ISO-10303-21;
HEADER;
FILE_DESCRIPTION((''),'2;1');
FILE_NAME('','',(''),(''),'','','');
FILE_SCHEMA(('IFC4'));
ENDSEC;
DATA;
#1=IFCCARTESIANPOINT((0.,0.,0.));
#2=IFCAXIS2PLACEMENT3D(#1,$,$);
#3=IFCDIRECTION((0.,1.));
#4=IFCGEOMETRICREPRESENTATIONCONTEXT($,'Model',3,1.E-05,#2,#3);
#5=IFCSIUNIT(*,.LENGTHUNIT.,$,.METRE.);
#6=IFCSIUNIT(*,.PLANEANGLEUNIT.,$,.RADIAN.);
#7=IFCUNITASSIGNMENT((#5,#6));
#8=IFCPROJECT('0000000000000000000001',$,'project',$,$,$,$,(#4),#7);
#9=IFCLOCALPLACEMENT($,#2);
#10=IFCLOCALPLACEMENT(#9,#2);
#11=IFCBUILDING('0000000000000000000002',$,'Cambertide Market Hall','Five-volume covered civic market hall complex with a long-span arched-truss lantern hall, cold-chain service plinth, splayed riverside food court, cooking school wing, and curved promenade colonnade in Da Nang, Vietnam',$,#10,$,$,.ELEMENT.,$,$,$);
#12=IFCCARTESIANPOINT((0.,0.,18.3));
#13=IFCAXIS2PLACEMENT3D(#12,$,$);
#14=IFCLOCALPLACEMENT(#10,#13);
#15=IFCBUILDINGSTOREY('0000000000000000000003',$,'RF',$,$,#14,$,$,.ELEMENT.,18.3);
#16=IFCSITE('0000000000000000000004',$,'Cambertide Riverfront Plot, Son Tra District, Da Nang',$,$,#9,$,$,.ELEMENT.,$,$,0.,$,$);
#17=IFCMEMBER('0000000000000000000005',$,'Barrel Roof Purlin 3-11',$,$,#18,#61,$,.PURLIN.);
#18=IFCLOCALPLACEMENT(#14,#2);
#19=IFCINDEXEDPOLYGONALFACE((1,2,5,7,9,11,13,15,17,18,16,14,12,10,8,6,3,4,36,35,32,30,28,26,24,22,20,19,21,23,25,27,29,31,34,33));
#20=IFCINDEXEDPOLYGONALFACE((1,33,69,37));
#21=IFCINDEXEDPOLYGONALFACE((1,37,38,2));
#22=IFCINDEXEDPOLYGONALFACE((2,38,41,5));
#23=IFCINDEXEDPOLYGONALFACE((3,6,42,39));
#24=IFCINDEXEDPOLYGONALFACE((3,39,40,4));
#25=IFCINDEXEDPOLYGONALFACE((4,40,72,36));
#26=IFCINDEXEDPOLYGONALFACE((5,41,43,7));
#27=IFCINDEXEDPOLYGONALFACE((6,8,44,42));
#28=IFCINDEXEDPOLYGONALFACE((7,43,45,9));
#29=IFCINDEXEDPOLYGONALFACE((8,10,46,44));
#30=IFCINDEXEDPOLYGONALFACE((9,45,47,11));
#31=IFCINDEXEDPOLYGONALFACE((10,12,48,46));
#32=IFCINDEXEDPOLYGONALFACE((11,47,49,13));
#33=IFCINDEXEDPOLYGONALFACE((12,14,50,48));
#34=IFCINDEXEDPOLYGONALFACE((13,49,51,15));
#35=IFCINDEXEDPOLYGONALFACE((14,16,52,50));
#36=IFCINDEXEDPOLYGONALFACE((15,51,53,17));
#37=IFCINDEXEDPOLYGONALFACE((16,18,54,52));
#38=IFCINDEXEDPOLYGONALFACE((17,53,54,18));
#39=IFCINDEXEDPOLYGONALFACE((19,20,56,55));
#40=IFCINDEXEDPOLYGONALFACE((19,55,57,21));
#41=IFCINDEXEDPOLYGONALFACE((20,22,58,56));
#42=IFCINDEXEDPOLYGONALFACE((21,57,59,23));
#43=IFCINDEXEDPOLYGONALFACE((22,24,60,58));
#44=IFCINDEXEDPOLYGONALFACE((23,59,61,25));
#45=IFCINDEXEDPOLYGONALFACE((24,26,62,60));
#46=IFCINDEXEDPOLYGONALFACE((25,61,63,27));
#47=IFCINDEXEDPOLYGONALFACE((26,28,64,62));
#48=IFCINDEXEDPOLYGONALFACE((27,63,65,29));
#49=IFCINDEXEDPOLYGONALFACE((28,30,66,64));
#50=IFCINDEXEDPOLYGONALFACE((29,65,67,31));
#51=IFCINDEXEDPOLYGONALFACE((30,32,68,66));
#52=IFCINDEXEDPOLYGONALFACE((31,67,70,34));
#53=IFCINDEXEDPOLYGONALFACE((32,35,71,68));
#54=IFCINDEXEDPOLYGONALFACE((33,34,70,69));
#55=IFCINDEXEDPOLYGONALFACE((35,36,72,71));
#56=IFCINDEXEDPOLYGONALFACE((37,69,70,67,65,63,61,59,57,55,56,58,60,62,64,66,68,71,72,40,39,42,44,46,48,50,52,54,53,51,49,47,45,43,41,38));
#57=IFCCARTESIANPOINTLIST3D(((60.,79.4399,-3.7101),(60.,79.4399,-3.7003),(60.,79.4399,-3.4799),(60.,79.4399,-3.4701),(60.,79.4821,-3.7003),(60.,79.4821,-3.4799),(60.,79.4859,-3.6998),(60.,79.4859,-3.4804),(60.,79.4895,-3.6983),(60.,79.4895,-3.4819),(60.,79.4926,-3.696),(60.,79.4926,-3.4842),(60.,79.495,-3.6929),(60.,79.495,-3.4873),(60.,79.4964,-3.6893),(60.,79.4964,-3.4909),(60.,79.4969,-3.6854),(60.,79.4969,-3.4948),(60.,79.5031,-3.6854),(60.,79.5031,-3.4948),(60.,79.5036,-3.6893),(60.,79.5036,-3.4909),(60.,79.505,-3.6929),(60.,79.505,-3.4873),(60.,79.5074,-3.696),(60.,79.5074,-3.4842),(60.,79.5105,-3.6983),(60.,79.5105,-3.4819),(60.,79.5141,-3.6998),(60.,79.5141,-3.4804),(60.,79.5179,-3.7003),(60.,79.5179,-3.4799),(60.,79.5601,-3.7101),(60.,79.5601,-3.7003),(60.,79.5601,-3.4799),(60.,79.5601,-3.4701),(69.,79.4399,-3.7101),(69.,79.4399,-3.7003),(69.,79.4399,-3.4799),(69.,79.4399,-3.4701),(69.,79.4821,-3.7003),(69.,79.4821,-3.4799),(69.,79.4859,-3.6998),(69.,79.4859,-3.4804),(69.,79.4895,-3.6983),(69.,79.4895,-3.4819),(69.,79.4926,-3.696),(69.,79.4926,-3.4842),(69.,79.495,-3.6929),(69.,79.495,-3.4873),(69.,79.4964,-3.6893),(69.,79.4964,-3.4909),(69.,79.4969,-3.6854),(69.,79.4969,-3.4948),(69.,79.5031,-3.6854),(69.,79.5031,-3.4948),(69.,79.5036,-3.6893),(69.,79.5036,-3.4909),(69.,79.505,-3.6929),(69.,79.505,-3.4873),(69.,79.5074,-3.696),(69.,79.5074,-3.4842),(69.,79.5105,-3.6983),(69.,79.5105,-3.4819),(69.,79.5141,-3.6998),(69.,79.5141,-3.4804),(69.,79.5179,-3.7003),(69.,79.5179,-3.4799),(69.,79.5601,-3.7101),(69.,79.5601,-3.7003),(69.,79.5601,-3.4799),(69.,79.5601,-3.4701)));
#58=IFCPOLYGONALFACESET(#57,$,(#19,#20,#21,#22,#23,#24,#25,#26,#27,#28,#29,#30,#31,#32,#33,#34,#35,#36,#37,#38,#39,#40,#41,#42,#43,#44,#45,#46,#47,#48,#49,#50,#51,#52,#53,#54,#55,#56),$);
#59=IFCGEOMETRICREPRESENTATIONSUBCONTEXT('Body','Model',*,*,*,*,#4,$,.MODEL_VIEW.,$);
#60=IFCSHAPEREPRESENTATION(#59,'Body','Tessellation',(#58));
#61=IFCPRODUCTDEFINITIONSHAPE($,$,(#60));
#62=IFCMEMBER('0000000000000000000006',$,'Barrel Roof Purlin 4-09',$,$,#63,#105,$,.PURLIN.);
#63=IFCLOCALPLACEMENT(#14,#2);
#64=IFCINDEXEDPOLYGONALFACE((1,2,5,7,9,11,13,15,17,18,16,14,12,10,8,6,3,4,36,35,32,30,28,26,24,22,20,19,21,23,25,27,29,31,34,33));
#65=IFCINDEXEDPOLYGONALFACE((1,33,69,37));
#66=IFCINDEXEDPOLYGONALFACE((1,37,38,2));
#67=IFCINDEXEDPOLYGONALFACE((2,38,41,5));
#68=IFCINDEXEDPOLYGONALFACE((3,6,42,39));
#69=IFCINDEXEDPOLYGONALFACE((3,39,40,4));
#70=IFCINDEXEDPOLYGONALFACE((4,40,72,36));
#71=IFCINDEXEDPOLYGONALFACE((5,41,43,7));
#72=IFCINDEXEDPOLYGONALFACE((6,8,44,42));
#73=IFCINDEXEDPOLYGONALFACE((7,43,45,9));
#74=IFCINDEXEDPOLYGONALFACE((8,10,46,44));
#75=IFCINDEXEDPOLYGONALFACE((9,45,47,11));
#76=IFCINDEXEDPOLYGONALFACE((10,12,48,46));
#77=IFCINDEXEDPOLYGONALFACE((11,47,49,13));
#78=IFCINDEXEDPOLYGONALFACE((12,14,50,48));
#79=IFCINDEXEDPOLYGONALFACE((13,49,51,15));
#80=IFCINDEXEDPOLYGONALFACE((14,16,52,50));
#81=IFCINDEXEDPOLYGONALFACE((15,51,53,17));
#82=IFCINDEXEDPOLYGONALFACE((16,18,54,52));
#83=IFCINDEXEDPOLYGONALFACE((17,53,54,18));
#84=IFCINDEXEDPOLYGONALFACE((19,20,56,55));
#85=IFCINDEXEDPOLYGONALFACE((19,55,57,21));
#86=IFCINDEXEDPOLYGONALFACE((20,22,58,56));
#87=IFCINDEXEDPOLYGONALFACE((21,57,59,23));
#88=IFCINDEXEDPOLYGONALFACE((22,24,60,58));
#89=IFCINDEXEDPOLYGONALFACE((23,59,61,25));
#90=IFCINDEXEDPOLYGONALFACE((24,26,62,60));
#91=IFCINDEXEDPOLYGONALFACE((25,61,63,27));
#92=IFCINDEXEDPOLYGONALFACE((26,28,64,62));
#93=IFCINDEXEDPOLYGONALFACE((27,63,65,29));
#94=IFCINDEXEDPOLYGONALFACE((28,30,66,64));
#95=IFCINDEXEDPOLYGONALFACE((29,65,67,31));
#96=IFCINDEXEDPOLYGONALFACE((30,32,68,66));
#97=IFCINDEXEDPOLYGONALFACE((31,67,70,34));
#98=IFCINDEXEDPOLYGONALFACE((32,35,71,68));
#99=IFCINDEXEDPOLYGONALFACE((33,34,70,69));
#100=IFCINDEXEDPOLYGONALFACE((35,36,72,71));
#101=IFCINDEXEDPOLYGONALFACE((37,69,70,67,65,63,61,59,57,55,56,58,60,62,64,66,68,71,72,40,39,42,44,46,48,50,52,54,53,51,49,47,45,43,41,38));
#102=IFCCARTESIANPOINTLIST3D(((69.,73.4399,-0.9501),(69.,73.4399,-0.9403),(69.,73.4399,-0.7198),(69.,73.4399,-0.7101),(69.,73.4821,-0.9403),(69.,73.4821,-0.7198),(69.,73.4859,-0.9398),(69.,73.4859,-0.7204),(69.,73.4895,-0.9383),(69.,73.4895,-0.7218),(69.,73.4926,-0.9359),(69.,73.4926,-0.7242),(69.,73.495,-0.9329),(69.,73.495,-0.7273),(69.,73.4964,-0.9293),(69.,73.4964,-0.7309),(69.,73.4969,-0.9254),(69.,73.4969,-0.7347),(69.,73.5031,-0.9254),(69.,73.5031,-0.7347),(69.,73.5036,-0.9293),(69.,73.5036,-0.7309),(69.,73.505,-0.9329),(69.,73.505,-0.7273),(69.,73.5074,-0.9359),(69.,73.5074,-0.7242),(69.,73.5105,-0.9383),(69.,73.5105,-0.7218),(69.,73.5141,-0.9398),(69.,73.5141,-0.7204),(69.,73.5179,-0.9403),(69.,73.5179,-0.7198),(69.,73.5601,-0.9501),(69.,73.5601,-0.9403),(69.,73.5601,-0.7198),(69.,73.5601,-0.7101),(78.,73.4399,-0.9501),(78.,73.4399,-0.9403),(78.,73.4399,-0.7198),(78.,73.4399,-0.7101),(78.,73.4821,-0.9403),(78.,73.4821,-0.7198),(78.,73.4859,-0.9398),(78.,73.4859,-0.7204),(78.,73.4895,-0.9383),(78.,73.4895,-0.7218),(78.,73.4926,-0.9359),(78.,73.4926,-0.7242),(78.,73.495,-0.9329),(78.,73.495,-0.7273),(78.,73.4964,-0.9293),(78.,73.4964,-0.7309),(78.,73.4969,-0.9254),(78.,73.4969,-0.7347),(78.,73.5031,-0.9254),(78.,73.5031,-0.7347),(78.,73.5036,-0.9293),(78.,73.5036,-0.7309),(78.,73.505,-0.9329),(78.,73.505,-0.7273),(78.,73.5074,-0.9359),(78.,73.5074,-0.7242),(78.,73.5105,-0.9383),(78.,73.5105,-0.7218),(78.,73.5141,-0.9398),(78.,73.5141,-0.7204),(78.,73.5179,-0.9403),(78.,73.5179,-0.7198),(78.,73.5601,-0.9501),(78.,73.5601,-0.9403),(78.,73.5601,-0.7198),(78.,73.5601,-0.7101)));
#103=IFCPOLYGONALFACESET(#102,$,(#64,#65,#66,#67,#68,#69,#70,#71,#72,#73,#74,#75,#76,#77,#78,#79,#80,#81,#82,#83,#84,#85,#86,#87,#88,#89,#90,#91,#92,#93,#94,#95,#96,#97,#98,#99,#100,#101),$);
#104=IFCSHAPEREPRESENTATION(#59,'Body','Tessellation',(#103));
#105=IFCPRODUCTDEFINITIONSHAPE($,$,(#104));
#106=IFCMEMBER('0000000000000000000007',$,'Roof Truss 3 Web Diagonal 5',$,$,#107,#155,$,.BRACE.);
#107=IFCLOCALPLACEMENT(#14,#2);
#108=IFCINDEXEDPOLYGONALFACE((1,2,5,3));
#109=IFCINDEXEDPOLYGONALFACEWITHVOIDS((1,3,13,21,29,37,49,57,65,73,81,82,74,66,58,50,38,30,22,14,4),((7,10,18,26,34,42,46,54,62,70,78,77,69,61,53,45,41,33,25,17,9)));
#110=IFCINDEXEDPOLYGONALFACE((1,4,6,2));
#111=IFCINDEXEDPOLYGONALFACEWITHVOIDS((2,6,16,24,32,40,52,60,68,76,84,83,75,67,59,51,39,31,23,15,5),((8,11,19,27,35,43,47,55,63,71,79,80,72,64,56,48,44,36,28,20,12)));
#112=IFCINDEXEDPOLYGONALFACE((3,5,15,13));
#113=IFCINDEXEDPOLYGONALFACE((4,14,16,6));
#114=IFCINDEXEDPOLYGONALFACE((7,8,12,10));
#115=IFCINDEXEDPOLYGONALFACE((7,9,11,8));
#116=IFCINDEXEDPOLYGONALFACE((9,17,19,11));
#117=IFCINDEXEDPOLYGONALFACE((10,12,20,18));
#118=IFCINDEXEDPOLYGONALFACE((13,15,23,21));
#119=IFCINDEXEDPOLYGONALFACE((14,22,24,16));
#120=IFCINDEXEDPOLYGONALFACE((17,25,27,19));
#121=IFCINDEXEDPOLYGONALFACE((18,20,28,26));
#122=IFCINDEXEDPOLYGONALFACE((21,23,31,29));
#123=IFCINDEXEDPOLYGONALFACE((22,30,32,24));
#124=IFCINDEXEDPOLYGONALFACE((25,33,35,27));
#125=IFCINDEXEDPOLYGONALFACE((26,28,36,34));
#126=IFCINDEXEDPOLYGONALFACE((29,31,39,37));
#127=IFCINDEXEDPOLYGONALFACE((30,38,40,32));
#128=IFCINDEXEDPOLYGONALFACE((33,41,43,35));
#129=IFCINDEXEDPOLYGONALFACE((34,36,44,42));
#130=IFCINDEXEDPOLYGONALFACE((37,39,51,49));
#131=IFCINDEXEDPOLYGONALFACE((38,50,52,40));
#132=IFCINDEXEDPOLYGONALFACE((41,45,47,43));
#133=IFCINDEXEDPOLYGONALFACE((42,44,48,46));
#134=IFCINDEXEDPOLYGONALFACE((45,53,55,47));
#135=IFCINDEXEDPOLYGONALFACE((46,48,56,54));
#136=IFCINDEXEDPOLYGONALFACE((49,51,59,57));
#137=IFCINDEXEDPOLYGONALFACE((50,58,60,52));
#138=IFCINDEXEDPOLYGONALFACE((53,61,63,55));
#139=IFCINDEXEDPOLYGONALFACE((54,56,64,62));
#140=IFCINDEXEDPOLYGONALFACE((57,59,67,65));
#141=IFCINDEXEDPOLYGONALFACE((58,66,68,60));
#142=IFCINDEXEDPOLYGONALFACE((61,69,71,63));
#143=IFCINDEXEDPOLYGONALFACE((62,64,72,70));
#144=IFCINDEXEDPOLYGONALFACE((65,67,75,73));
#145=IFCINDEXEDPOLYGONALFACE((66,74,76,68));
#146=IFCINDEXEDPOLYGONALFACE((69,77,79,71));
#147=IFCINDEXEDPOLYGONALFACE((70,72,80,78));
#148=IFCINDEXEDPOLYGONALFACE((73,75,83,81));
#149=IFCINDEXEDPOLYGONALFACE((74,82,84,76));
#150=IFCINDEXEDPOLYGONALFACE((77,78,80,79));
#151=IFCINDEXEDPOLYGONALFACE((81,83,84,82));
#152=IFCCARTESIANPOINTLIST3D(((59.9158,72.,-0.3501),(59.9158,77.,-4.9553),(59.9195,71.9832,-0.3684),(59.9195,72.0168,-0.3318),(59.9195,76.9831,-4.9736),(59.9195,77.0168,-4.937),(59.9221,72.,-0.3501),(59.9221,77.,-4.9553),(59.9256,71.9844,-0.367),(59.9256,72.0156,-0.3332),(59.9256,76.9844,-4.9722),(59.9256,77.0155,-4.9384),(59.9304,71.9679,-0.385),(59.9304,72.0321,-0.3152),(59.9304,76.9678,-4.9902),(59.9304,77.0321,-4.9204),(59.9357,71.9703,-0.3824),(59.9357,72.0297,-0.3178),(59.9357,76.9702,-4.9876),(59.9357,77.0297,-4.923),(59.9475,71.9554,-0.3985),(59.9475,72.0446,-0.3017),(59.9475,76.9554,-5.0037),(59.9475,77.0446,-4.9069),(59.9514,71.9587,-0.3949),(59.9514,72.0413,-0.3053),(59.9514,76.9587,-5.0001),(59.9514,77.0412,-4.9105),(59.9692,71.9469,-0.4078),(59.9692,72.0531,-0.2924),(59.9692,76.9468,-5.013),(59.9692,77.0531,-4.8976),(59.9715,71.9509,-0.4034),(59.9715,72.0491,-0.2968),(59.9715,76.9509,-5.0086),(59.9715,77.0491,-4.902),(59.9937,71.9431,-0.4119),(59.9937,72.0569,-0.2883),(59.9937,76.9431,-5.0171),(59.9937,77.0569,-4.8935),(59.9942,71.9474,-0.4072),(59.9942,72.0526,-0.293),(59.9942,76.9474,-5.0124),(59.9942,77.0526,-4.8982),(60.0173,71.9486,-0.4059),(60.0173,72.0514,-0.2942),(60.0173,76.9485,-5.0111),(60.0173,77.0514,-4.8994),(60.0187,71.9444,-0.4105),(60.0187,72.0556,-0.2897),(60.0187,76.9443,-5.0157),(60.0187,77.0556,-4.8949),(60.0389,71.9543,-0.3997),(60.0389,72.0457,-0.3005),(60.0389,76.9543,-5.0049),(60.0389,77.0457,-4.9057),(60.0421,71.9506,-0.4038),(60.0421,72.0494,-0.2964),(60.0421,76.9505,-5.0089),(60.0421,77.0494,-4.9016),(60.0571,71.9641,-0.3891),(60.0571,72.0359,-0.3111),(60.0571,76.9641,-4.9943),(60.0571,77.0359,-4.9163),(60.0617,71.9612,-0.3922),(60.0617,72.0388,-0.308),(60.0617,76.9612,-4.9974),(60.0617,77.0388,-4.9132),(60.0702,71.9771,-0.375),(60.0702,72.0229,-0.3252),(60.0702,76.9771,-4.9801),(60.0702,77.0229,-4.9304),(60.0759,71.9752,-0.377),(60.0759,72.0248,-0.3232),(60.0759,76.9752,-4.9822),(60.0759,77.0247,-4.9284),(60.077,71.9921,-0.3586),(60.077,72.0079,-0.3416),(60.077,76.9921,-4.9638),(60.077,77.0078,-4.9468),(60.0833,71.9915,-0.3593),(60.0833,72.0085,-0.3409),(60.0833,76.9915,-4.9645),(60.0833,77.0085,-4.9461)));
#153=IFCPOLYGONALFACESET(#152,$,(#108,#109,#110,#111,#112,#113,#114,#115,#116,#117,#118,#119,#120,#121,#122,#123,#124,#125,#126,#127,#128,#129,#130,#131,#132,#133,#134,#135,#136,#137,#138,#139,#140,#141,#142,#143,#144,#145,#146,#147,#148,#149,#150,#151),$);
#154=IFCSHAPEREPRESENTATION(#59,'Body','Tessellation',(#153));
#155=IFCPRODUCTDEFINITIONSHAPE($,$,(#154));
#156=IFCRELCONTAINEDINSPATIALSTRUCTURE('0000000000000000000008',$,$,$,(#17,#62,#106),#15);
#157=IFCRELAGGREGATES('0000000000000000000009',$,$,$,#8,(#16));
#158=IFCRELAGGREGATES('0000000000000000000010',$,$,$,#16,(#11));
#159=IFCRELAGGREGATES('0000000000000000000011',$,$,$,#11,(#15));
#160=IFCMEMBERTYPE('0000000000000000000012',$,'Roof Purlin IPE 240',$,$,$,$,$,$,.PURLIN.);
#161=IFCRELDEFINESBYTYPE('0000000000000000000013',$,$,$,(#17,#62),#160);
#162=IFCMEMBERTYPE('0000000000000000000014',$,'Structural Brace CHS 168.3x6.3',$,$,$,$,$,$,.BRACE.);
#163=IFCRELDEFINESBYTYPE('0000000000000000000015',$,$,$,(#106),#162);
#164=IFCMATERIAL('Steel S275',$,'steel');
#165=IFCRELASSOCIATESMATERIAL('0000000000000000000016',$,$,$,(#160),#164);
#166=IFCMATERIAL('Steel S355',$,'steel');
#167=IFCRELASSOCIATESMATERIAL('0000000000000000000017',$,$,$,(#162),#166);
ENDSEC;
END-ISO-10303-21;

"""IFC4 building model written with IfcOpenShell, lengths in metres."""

from ifc_helpers import new_model, si_unit, direction, frame, origin, origin_2d, place, context, subcontext, project, spatial, hollow_circle, i_section, extrude, material, material_profile, profile_set, type_object, element, save


model = new_model("IFC4")

# Units and contexts
model_context = context("Model", 3, precision=1e-05, world=origin(), true_north=direction((0.0, 1.0)))
body_context = subcontext(model_context, "Body", "Model", "MODEL_VIEW")
ifc_project = project(units=[si_unit("LENGTHUNIT", "METRE"), si_unit("PLANEANGLEUNIT", "RADIAN")], contexts=[model_context])

# Site, building, storey
site_placement = place(None, origin())
site = spatial("IfcSite", under=ifc_project, at=site_placement, Name="Cambertide Riverfront Plot, Son Tra District, Da Nang", CompositionType="ELEMENT", RefElevation=0.0)
building_placement = place(site_placement, origin())
building = spatial("IfcBuilding", under=site, at=building_placement, Name="Cambertide Market Hall", Description="Five-volume covered civic market hall complex with a long-span arched-truss lantern hall, cold-chain service plinth, splayed riverside food court, cooking school wing, and curved promenade colonnade in Da Nang, Vietnam", CompositionType="ELEMENT")
storey_placement = place(building_placement, frame((0.0, 0.0, 18.3)))
storey = spatial("IfcBuildingStorey", under=building, at=storey_placement, Name="RF", CompositionType="ELEMENT", Elevation=18.3)

# Members
ifc_material_1 = material(Name="Steel S275", Category="steel")
ifc_material_profile_1 = material_profile(ifc_material_1, i_section(OverallWidth=0.1201, OverallDepth=0.24, WebThickness=0.0061, FlangeThickness=0.0098, FilletRadius=0.0149, at=origin_2d()), Name="IPE 240")
ifc_profile_set_1 = profile_set([ifc_material_profile_1], Name="Steel S275")
member_type_1 = type_object("IfcMemberType", Name="Roof Purlin IPE 240", PredefinedType="PURLIN", material=ifc_profile_set_1)
for number, where, z_axis, x_axis, name in (
    (1, (60.0, 79.5, -3.5901), (1.0, 0.0, 0.0), (0.0, 1.0, 0.0), "Barrel Roof Purlin 3-11"),
    (2, (69.0, 73.5, -0.8301), (1.0, 0.0, 0.0), (0.0, 1.0, 0.0), "Barrel Roof Purlin 4-09"),
):
    element("IfcMember", number, at=place(storey_placement, frame(where, z_axis=z_axis, x_axis=x_axis)), inside=storey, type_object=member_type_1, Name=name, PredefinedType="PURLIN", context=body_context, shape_type="SweptSolid", body=[
        extrude(i_section(OverallWidth=0.1201, OverallDepth=0.24, WebThickness=0.0061, FlangeThickness=0.0098, FilletRadius=0.0149, at=origin_2d()), origin(), (0.0, 0.0, 1.0), 9.0),
    ])
ifc_material_2 = material(Name="Steel S355", Category="steel")
ifc_material_profile_2 = material_profile(ifc_material_2, hollow_circle(Radius=0.0842, WallThickness=0.0063, at=origin_2d()), Name="CHS 168.3x6.3")
ifc_profile_set_2 = profile_set([ifc_material_profile_2], Name="Steel S355")
member_type_2 = type_object("IfcMemberType", Name="Structural Brace CHS 168.3x6.3", PredefinedType="BRACE", material=ifc_profile_set_2)
member_1_placement = place(storey_placement, frame((60.0, 72.0, -0.3501), z_axis=(0.0, 0.735548, -0.677473), x_axis=(-1.0, 0.0, 0.0)))
element("IfcMember", 3, at=member_1_placement, inside=storey, type_object=member_type_2, Name="Roof Truss 3 Web Diagonal 5", PredefinedType="BRACE", context=body_context, shape_type="SweptSolid", body=[
    extrude(hollow_circle(Radius=0.0842, WallThickness=0.0063, at=origin_2d()), origin(), (0.0, 0.0, 1.0), 6.7976),
])

save(model, "model.ifc")
